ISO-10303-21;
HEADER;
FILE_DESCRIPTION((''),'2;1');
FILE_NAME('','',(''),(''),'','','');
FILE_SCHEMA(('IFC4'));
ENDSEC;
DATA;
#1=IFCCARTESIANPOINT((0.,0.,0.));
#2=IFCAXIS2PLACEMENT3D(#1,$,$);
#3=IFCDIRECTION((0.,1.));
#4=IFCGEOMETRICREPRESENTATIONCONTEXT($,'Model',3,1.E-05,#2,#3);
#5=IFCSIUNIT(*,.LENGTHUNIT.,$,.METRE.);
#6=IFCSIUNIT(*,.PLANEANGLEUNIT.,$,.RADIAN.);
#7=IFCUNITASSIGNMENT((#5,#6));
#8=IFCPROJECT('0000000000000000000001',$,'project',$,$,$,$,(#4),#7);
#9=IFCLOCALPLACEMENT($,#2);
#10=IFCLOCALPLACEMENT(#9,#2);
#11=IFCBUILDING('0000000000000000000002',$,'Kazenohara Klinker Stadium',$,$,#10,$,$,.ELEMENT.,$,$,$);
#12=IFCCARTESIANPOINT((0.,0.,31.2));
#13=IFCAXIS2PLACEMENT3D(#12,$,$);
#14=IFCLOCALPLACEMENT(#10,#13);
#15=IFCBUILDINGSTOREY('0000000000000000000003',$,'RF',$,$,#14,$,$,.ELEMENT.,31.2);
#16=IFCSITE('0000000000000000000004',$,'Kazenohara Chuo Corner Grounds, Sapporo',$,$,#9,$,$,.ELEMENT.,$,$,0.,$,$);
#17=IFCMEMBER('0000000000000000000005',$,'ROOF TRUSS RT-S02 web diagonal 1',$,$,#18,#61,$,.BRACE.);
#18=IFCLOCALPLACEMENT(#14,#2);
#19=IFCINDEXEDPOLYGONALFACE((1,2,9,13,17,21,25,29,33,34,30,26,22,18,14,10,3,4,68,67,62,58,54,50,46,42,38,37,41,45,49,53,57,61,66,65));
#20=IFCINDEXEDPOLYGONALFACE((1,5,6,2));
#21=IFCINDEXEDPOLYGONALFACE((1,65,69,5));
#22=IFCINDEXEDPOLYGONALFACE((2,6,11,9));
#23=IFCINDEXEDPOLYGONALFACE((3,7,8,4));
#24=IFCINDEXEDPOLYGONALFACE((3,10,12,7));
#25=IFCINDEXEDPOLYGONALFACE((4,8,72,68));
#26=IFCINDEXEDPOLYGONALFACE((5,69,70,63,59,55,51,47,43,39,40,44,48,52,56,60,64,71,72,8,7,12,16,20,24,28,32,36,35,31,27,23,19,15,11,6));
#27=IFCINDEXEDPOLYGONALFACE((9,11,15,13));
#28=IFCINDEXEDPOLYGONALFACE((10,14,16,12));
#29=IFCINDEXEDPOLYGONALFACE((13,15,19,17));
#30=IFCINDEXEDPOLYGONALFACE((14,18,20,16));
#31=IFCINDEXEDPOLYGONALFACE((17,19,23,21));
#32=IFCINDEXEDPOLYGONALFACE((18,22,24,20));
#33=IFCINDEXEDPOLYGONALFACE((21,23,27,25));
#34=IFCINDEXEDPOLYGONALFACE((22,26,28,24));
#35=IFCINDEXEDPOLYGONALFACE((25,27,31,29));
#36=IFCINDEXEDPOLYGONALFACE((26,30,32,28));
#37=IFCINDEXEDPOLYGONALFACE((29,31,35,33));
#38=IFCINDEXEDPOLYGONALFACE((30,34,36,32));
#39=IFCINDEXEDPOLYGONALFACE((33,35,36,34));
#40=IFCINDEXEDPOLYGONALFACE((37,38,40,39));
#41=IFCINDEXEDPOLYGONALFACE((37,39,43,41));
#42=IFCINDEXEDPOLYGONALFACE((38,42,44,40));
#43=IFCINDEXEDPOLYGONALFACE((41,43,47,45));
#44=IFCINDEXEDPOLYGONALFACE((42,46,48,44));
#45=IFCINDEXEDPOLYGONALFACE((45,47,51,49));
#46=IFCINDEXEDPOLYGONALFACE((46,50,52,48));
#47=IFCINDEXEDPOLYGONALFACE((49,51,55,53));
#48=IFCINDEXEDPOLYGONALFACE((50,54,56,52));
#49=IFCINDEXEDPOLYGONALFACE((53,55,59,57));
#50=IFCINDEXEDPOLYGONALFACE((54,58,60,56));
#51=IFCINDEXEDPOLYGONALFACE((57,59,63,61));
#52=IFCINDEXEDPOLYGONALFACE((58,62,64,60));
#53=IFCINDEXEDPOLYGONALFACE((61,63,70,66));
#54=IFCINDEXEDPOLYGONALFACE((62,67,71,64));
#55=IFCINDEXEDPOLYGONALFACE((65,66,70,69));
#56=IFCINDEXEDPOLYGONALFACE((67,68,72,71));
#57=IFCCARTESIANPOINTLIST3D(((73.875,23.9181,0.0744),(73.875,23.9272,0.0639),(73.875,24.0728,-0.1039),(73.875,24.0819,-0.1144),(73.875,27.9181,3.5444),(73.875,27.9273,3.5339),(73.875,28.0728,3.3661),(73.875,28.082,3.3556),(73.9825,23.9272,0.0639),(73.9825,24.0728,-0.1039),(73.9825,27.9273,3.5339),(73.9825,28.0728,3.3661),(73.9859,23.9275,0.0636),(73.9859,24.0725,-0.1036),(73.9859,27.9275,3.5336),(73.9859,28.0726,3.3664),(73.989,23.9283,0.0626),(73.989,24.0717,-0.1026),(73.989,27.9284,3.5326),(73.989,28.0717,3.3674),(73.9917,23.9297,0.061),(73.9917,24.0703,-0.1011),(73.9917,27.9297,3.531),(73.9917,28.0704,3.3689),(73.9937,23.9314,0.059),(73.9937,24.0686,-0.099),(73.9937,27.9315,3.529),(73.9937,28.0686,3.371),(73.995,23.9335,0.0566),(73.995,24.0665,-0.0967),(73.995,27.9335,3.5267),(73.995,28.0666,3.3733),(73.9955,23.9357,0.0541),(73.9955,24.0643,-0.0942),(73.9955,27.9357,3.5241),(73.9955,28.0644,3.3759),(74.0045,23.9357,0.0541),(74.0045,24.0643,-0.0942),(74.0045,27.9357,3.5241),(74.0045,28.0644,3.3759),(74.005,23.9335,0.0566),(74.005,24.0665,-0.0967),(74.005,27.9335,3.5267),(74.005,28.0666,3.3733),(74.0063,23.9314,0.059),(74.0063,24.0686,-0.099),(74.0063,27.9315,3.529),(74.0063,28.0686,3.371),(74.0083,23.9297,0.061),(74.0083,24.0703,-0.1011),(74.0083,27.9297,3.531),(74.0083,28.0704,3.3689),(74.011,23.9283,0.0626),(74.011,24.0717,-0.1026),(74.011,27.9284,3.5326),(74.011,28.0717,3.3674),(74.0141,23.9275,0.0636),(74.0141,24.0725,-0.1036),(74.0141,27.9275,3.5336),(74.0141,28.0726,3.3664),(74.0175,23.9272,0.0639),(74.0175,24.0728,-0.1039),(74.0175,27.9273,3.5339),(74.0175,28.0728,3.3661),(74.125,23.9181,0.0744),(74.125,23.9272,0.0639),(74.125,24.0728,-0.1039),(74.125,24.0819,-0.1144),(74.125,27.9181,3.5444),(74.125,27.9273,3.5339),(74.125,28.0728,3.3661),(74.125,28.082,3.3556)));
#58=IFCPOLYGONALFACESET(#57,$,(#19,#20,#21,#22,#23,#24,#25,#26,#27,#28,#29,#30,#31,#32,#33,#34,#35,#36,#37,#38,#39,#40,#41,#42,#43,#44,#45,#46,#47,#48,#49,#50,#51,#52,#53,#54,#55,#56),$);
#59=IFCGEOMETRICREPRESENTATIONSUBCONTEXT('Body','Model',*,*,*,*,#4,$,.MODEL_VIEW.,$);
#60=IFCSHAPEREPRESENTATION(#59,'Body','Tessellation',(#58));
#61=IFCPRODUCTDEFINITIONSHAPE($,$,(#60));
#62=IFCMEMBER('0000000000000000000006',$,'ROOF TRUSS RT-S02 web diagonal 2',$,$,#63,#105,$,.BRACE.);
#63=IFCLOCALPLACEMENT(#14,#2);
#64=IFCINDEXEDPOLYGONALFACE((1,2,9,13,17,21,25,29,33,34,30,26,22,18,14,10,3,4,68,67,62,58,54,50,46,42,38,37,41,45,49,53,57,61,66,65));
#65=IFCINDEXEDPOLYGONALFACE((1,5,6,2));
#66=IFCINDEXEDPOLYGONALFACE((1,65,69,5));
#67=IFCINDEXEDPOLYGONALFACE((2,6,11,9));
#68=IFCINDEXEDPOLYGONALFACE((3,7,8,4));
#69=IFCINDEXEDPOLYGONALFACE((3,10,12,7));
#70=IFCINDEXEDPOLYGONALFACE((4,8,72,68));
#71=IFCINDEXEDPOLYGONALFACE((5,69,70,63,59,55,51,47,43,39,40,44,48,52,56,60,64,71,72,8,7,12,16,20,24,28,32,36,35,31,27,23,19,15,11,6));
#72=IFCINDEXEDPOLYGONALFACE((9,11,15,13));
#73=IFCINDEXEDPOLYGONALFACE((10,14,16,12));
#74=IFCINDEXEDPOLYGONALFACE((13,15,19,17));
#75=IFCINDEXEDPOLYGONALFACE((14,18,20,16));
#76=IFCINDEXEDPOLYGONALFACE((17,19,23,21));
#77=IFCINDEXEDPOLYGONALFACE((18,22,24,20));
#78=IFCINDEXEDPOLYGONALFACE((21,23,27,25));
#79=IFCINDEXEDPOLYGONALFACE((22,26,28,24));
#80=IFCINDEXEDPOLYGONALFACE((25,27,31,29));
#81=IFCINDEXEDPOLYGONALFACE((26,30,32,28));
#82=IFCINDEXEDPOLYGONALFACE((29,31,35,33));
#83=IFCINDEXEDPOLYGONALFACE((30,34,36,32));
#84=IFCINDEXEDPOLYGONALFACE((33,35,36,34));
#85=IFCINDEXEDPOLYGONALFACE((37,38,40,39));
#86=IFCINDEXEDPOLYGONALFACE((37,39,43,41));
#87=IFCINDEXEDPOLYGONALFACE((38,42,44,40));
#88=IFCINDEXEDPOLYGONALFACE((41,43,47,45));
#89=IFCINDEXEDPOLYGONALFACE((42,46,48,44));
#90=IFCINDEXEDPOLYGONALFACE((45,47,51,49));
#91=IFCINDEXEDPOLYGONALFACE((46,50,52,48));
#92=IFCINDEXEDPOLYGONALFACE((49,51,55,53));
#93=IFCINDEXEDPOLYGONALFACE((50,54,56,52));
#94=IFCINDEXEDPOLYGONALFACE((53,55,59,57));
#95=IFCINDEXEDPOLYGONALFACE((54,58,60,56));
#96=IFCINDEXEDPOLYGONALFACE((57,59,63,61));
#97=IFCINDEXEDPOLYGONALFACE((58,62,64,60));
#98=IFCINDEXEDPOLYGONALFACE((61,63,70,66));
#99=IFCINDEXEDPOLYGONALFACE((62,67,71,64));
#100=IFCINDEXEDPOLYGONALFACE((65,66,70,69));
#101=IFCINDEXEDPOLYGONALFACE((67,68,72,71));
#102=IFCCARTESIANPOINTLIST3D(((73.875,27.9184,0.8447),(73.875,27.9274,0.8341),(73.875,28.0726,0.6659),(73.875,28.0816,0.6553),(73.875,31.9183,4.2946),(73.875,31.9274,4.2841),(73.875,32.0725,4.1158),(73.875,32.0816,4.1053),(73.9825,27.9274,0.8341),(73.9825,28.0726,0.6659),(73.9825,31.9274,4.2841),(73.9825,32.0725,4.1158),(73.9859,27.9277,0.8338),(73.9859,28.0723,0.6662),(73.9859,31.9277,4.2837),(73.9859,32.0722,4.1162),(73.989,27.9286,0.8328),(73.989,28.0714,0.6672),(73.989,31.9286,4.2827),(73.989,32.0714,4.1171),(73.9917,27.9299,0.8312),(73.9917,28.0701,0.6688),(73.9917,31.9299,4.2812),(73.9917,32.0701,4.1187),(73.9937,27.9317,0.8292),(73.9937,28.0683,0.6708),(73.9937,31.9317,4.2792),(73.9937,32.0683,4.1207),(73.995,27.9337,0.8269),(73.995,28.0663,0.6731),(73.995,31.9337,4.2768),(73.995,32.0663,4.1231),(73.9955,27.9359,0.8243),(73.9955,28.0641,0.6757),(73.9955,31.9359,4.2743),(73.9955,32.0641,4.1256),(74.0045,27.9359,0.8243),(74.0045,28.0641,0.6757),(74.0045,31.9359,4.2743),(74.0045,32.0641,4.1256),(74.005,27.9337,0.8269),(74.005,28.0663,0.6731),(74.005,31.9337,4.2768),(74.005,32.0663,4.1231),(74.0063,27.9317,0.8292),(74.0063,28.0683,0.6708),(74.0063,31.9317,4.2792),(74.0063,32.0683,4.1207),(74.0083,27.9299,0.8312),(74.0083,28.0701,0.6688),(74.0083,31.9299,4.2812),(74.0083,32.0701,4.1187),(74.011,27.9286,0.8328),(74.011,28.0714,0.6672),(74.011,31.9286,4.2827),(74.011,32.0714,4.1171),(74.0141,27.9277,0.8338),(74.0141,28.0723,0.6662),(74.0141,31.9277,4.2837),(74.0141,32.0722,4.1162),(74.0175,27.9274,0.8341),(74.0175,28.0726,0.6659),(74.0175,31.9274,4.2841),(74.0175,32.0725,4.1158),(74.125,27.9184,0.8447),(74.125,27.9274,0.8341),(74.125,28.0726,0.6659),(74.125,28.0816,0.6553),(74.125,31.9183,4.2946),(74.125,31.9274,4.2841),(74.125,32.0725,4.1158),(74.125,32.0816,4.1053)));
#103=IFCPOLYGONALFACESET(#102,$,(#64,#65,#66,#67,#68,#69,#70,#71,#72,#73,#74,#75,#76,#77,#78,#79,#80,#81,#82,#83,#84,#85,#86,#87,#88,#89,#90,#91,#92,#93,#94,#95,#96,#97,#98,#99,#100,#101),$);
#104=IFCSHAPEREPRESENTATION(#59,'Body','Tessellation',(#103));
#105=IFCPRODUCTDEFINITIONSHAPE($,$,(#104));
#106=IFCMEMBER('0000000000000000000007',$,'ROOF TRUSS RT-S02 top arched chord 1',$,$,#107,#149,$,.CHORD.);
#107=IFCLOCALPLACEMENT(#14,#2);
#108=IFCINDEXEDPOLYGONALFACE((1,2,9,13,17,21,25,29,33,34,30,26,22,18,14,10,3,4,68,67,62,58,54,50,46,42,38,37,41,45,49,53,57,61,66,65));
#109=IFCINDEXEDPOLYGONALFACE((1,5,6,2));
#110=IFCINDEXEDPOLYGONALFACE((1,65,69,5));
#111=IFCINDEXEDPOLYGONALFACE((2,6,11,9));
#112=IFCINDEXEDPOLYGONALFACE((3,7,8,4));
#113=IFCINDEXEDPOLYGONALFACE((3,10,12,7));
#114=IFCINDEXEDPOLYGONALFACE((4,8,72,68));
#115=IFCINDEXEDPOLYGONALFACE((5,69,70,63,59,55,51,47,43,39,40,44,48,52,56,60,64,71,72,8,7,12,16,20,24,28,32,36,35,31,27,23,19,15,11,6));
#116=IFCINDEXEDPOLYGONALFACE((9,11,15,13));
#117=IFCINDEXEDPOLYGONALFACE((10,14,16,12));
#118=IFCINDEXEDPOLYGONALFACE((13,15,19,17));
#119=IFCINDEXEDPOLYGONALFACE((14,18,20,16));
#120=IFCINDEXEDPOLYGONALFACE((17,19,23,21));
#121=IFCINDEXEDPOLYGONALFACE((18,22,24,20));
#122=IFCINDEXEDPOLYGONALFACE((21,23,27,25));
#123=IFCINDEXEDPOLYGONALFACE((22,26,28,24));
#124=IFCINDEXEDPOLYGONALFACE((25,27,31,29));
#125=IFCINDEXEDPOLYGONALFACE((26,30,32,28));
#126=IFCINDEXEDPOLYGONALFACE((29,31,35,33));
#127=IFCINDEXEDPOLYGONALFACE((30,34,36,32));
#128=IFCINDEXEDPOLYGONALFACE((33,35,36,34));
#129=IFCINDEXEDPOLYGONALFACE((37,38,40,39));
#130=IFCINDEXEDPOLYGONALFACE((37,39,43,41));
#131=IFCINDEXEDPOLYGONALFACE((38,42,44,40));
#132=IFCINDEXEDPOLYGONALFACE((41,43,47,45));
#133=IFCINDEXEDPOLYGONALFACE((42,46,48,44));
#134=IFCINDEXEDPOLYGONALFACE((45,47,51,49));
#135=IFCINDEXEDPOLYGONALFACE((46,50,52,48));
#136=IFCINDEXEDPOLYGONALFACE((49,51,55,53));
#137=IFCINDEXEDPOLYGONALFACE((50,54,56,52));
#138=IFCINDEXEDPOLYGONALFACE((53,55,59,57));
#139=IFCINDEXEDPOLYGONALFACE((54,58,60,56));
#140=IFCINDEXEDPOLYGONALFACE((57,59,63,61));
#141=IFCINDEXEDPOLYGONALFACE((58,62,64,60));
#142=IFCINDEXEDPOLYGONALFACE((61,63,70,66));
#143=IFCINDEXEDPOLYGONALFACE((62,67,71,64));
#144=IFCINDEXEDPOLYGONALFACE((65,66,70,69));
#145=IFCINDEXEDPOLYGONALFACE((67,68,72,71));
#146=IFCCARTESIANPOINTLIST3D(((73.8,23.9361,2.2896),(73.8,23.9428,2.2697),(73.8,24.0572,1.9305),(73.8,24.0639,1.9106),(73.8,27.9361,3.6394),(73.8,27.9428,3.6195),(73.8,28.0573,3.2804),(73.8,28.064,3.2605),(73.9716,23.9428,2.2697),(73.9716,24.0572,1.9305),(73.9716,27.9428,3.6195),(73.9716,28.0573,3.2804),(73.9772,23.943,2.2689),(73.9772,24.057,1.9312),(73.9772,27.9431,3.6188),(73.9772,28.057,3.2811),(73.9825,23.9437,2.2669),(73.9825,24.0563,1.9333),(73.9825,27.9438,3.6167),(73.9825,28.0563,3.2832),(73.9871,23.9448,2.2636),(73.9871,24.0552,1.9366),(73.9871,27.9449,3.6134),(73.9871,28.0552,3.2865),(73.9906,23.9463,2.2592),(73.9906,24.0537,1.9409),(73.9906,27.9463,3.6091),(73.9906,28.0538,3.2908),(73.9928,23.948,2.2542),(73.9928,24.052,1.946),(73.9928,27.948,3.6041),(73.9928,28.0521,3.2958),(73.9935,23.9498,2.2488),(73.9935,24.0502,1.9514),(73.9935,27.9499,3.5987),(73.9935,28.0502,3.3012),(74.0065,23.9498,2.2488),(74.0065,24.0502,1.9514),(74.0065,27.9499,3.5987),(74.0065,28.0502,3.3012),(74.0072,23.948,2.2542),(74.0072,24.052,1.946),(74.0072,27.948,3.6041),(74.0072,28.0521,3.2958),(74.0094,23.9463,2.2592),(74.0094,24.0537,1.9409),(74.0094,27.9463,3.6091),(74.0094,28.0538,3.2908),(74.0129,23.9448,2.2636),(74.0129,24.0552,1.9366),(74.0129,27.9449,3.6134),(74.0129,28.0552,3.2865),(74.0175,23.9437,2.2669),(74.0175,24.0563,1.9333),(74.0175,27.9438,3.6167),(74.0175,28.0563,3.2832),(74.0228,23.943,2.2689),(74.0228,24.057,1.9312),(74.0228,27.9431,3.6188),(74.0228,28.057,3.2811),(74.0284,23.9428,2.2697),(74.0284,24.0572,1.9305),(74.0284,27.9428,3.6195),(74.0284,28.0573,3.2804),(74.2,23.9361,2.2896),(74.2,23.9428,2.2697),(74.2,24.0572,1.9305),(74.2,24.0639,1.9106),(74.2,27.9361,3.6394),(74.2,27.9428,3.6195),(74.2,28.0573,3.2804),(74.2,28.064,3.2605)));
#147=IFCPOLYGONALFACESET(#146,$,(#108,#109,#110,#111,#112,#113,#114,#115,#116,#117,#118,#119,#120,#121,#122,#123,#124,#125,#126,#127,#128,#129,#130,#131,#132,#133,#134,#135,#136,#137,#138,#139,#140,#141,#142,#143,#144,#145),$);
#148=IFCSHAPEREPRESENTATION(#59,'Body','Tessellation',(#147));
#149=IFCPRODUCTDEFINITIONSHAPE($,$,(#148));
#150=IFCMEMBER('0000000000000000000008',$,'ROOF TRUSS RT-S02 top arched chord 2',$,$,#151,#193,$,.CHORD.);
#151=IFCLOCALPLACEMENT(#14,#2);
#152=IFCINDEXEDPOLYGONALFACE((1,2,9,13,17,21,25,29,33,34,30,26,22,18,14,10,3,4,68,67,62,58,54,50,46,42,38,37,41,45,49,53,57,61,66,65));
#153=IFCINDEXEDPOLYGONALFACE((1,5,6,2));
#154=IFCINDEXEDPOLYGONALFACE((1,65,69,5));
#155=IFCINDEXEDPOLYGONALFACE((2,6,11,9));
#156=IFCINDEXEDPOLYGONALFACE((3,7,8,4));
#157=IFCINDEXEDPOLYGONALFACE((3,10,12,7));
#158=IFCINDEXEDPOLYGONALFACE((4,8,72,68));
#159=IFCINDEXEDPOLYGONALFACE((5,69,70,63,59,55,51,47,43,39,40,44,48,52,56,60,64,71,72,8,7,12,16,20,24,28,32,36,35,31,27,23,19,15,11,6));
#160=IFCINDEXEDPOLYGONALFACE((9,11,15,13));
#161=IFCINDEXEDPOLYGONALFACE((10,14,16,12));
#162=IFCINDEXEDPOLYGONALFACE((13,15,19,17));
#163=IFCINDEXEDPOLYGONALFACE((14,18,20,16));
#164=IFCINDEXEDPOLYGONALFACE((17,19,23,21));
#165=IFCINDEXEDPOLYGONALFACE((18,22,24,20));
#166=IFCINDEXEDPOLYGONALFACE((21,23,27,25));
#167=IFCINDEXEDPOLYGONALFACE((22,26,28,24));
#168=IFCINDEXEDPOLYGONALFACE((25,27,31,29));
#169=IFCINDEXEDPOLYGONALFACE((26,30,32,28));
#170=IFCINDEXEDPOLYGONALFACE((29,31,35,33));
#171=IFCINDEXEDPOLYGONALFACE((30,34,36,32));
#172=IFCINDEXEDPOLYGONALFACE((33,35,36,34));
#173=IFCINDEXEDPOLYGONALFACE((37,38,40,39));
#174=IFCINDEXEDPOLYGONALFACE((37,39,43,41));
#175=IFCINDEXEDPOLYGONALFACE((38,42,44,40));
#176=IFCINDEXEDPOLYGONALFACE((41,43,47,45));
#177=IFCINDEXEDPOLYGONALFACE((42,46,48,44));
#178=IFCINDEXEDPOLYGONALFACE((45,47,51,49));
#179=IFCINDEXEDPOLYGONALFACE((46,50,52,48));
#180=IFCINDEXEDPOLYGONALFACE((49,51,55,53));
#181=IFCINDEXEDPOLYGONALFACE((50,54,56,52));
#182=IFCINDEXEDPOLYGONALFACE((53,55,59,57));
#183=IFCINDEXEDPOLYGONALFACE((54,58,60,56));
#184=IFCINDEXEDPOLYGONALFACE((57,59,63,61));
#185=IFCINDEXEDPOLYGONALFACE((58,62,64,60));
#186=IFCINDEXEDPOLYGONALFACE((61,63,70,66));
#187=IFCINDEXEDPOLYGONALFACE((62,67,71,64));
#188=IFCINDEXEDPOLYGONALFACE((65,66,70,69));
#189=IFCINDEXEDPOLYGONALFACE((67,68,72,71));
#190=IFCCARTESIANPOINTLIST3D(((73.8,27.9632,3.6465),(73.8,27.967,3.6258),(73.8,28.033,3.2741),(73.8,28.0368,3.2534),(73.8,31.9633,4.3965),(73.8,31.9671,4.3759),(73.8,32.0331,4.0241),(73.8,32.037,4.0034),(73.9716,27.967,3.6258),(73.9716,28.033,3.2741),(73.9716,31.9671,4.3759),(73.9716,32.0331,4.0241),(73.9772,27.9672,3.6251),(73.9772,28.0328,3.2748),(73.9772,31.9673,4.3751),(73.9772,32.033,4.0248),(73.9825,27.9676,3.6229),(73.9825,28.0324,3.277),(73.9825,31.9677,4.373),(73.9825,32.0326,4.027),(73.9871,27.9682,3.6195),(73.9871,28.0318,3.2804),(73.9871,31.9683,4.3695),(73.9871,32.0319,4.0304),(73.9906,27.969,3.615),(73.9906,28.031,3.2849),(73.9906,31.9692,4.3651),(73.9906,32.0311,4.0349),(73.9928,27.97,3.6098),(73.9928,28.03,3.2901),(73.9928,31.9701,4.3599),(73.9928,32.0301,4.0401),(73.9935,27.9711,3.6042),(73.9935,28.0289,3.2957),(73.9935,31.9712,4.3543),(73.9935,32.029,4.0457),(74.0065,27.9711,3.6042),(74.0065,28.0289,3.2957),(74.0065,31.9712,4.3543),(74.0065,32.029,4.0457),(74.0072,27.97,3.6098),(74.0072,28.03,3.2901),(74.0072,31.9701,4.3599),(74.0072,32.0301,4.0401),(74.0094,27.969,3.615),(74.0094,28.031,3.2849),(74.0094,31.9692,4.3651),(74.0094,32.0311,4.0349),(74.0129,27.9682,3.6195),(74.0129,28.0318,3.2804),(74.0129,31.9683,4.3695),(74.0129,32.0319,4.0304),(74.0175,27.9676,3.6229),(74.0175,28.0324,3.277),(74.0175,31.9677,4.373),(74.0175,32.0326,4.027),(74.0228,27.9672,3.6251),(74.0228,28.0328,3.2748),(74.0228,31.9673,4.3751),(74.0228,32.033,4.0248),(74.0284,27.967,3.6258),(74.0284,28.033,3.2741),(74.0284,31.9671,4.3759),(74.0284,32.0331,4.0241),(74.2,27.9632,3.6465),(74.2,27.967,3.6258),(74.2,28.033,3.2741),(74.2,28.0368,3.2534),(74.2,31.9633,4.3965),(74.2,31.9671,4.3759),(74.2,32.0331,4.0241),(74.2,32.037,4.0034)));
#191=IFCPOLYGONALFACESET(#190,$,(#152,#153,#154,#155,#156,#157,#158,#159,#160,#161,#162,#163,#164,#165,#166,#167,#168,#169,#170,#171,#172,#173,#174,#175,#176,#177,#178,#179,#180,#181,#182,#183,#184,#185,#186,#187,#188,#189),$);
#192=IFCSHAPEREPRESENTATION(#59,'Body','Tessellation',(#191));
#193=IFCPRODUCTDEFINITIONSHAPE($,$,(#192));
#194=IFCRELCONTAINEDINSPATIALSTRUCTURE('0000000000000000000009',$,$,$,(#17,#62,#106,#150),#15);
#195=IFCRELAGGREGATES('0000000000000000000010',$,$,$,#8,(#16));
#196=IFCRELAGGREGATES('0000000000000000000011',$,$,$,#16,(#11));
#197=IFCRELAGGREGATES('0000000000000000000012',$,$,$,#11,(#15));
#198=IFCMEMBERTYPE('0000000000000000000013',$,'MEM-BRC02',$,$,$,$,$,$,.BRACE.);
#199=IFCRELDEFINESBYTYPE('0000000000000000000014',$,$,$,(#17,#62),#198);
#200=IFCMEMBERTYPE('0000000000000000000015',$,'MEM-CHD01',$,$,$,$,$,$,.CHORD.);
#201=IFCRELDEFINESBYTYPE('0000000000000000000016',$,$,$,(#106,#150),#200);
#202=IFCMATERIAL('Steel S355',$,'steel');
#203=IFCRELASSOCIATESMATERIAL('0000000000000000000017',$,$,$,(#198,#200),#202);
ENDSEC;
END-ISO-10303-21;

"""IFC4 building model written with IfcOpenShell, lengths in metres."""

from ifc_helpers import new_model, si_unit, direction, frame, origin, origin_2d, place, context, subcontext, project, spatial, i_section, extrude, material, material_profile, profile_set, type_object, element, save


model = new_model("IFC4")

# Units and contexts
model_context = context("Model", 3, precision=1e-05, world=origin(), true_north=direction((0.0, 1.0)))
body_context = subcontext(model_context, "Body", "Model", "MODEL_VIEW")
ifc_project = project(units=[si_unit("LENGTHUNIT", "METRE"), si_unit("PLANEANGLEUNIT", "RADIAN")], contexts=[model_context])

# Site, building, storey
site_placement = place(None, origin())
site = spatial("IfcSite", under=ifc_project, at=site_placement, Name="Kazenohara Chuo Corner Grounds, Sapporo", CompositionType="ELEMENT", RefElevation=0.0)
building_placement = place(site_placement, origin())
building = spatial("IfcBuilding", under=site, at=building_placement, Name="Kazenohara Klinker Stadium", CompositionType="ELEMENT")
storey_placement = place(building_placement, frame((0.0, 0.0, 31.2)))
storey = spatial("IfcBuildingStorey", under=building, at=storey_placement, Name="RF", CompositionType="ELEMENT", Elevation=31.2)

# Members
ifc_material_1 = material(Name="Steel S355", Category="steel")
ifc_material_profile_1 = material_profile(ifc_material_1, i_section(OverallWidth=0.25, OverallDepth=0.25, WebThickness=0.009, FlangeThickness=0.0139, FilletRadius=0.0129, at=origin_2d()), Name="H-250x250x9x14")
ifc_profile_set_1 = profile_set([ifc_material_profile_1], Name="Steel S355")
member_type_1 = type_object("IfcMemberType", Name="MEM-BRC02", PredefinedType="BRACE", material=ifc_profile_set_1)
member_1_placement = place(storey_placement, frame((74.0, 24.0, -0.02), z_axis=(0.0, 0.75538, 0.655287), x_axis=(-1.0, 0.0, 0.0)))
element("IfcMember", 1, at=member_1_placement, inside=storey, type_object=member_type_1, Name="ROOF TRUSS RT-S02 web diagonal 1", PredefinedType="BRACE", context=body_context, shape_type="SweptSolid", body=[
    extrude(i_section(OverallWidth=0.25, OverallDepth=0.25, WebThickness=0.009, FlangeThickness=0.0139, FilletRadius=0.0129, at=origin_2d()), origin(), (0.0, 0.0, 1.0), 5.2954),
])
member_2_placement = place(storey_placement, frame((74.0, 28.0, 0.75), z_axis=(0.0, 0.757253, 0.653122), x_axis=(-1.0, 0.0, 0.0)))
element("IfcMember", 2, at=member_2_placement, inside=storey, type_object=member_type_1, Name="ROOF TRUSS RT-S02 web diagonal 2", PredefinedType="BRACE", context=body_context, shape_type="SweptSolid", body=[
    extrude(i_section(OverallWidth=0.25, OverallDepth=0.25, WebThickness=0.009, FlangeThickness=0.0139, FilletRadius=0.0129, at=origin_2d()), origin(), (0.0, 0.0, 1.0), 5.2822),
])
ifc_material_profile_2 = material_profile(ifc_material_1, i_section(OverallWidth=0.3999, OverallDepth=0.3999, WebThickness=0.0129, FlangeThickness=0.021, FilletRadius=0.022, at=origin_2d()), Name="H-400x400x13x21")
ifc_profile_set_2 = profile_set([ifc_material_profile_2], Name="Steel S355")
member_type_2 = type_object("IfcMemberType", Name="MEM-CHD01", PredefinedType="CHORD", material=ifc_profile_set_2)
member_3_placement = place(storey_placement, frame((74.0, 24.0, 2.1001), z_axis=(0.0, 0.947503, 0.319747), x_axis=(-1.0, 0.0, 0.0)))
element("IfcMember", 3, at=member_3_placement, inside=storey, type_object=member_type_2, Name="ROOF TRUSS RT-S02 top arched chord 1", PredefinedType="CHORD", context=body_context, shape_type="SweptSolid", body=[
    extrude(i_section(OverallWidth=0.3999, OverallDepth=0.3999, WebThickness=0.0129, FlangeThickness=0.021, FilletRadius=0.022, at=origin_2d()), origin(), (0.0, 0.0, 1.0), 4.2217),
])
member_4_placement = place(storey_placement, frame((74.0, 28.0, 3.45), z_axis=(0.0, 0.982872, 0.184289), x_axis=(-1.0, 0.0, 0.0)))
element("IfcMember", 4, at=member_4_placement, inside=storey, type_object=member_type_2, Name="ROOF TRUSS RT-S02 top arched chord 2", PredefinedType="CHORD", context=body_context, shape_type="SweptSolid", body=[
    extrude(i_section(OverallWidth=0.3999, OverallDepth=0.3999, WebThickness=0.0129, FlangeThickness=0.021, FilletRadius=0.022, at=origin_2d()), origin(), (0.0, 0.0, 1.0), 4.0698),
])

save(model, "model.ifc")
